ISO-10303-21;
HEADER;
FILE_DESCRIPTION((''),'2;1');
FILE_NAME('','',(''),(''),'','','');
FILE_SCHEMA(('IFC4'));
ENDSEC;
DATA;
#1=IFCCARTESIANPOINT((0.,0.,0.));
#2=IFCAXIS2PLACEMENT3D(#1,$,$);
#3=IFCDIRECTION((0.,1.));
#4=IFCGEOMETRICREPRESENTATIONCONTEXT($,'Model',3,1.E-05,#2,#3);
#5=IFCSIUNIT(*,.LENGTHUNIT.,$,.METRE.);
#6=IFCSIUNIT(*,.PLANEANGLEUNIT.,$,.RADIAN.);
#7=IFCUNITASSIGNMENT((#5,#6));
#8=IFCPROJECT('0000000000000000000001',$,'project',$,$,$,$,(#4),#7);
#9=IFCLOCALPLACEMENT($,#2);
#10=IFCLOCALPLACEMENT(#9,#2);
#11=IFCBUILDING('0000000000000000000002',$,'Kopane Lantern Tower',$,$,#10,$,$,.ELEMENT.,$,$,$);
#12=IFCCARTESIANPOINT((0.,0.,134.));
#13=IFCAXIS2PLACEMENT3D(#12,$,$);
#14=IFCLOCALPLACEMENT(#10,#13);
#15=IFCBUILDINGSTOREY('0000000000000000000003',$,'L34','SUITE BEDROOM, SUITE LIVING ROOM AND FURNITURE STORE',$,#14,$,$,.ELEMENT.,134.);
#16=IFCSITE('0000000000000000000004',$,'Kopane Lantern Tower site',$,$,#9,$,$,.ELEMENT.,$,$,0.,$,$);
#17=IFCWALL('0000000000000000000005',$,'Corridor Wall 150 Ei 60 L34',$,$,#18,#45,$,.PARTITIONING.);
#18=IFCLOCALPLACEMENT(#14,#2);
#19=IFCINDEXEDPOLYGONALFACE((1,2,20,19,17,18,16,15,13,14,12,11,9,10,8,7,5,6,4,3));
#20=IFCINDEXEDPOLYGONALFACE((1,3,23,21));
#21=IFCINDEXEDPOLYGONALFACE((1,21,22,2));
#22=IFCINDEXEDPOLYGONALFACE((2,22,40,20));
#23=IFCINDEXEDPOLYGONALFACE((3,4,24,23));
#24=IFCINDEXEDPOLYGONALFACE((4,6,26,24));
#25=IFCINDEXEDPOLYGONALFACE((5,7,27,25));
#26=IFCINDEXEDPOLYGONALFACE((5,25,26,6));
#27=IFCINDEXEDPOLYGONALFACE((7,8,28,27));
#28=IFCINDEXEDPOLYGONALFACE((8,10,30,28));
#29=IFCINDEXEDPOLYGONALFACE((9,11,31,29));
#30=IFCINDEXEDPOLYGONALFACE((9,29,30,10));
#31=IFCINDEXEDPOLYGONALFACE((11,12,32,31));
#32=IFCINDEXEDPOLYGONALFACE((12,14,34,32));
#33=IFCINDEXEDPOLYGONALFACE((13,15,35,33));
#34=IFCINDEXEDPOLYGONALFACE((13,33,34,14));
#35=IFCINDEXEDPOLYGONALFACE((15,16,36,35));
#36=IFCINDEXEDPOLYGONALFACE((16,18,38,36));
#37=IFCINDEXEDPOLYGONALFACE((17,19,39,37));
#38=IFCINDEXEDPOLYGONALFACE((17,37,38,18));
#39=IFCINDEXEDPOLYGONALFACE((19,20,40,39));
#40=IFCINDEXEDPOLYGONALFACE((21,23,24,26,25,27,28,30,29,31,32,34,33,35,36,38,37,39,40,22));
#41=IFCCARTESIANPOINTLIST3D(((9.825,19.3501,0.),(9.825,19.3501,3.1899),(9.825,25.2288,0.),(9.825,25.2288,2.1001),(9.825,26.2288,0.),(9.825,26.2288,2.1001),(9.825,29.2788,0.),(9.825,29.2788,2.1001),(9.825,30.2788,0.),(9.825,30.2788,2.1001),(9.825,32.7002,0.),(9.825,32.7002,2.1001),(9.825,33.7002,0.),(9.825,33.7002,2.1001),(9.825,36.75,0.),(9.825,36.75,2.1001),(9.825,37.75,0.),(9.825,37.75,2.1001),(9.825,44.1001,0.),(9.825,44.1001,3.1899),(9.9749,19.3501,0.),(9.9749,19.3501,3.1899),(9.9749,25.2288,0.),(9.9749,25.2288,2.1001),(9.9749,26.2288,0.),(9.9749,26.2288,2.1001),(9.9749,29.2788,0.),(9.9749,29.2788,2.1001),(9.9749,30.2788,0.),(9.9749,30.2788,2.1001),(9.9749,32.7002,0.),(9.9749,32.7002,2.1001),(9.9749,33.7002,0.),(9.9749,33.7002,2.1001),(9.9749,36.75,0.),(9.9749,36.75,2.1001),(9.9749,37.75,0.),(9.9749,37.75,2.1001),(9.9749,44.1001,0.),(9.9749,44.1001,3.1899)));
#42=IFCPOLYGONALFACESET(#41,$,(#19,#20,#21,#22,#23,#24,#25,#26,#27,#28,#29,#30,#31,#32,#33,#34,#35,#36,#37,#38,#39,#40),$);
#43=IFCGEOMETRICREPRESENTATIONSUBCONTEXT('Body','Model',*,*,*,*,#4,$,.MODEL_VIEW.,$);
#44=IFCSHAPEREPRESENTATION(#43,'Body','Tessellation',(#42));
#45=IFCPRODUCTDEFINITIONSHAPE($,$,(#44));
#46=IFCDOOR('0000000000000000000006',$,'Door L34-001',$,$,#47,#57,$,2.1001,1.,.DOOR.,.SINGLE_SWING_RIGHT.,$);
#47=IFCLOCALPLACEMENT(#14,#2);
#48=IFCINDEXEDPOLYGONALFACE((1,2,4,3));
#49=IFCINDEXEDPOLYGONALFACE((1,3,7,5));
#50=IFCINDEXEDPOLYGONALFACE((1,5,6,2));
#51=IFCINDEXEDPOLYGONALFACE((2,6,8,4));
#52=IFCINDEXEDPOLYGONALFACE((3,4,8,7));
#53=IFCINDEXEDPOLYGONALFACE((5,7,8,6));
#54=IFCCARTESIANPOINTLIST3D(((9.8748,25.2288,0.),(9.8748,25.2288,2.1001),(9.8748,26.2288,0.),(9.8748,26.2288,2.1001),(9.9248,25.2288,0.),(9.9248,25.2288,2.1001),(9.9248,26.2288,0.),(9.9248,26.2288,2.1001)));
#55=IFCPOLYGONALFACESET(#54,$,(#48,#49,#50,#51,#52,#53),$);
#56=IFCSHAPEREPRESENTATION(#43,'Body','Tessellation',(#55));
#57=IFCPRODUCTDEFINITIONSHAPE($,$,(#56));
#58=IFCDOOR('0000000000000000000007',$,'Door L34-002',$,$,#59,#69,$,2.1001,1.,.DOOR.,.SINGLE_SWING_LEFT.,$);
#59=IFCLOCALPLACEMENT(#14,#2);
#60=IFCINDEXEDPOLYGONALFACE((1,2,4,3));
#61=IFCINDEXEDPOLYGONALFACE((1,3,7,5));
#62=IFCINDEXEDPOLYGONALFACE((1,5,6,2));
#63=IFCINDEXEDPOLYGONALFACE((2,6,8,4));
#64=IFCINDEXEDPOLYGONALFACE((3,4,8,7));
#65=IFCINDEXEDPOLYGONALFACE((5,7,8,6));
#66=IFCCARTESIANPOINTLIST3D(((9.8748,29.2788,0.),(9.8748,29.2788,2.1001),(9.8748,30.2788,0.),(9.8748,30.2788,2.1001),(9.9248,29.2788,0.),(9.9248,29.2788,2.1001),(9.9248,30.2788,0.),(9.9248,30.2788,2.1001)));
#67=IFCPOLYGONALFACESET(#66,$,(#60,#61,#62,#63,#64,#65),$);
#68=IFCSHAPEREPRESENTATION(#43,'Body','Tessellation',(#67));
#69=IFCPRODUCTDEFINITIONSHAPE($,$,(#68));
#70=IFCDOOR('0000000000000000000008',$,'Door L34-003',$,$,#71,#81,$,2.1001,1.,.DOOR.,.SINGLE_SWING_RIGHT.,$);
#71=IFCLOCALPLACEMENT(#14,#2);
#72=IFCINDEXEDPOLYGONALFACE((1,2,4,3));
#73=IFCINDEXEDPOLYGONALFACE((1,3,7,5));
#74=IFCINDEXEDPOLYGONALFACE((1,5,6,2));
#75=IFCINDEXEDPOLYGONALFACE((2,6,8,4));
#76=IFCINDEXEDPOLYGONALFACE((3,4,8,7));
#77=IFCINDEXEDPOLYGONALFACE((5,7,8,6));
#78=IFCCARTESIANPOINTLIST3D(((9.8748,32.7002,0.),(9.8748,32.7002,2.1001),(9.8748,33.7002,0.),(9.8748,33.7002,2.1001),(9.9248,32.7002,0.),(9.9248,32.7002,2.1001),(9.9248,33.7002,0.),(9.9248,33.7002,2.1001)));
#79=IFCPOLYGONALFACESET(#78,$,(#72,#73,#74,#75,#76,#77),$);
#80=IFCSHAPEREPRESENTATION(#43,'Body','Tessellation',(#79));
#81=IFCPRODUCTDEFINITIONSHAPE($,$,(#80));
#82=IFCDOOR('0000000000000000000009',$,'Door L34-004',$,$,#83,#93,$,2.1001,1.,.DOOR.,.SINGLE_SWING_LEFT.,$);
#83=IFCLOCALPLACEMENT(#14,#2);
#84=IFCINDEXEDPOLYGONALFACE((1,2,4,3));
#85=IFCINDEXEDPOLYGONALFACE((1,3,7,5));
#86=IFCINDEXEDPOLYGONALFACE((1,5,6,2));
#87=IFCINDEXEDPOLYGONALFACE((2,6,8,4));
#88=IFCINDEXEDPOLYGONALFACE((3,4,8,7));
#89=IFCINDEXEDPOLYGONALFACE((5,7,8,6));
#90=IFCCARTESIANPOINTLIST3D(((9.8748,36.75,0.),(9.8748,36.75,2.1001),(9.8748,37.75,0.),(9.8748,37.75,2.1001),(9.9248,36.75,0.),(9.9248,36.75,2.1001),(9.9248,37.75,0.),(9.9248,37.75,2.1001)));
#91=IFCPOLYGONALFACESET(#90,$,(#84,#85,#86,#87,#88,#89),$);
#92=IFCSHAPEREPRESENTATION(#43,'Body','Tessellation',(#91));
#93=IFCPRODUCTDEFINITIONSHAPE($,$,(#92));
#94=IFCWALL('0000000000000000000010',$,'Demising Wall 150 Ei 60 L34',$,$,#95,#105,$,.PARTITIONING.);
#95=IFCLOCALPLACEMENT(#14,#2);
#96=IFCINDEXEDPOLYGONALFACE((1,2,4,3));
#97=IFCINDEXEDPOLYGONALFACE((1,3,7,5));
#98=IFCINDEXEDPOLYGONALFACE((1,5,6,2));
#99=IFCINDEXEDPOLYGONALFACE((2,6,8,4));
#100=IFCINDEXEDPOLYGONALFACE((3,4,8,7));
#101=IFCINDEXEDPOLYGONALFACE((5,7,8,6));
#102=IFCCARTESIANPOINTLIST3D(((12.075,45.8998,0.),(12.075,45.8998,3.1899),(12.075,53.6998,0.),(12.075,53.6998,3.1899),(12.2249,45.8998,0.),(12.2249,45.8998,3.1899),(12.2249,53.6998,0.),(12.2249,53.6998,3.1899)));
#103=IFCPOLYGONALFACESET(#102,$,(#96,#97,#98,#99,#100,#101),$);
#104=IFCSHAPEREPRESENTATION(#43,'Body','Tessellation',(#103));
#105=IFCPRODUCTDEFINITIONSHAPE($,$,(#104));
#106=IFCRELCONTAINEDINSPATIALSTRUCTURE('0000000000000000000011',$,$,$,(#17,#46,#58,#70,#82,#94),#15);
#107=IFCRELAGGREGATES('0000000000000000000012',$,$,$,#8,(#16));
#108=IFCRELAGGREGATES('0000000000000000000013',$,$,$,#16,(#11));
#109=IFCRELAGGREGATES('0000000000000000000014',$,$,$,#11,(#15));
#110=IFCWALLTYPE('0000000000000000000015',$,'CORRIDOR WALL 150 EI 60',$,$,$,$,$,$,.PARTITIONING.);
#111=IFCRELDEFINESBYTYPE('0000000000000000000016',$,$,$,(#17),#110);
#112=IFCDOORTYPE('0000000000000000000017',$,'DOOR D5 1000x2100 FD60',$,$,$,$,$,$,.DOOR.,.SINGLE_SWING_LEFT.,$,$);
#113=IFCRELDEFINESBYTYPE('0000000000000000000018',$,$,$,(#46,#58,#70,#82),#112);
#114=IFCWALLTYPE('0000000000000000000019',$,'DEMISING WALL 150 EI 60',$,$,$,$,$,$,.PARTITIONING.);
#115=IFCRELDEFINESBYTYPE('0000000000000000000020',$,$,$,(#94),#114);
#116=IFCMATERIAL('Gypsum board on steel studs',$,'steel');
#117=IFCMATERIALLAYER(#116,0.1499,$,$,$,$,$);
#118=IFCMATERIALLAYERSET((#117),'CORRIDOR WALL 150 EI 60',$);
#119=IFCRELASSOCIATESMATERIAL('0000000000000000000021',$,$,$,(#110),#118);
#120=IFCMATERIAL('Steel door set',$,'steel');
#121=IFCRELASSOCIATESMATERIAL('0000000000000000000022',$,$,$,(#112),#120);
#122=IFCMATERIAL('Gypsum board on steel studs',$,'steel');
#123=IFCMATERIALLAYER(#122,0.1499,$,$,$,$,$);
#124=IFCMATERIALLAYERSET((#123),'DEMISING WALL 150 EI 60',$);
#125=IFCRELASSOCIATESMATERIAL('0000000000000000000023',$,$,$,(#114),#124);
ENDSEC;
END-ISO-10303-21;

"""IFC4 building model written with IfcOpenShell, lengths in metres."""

from ifc_helpers import new_model, si_unit, direction, frame, frame_2d, origin, place, context, subcontext, project, spatial, rectangle, extrude, material, layer, layer_set, type_object, element, fill, save


model = new_model("IFC4")

# Units and contexts
model_context = context("Model", 3, precision=1e-05, world=origin(), true_north=direction((0.0, 1.0)))
body_context = subcontext(model_context, "Body", "Model", "MODEL_VIEW")
ifc_project = project(units=[si_unit("LENGTHUNIT", "METRE"), si_unit("PLANEANGLEUNIT", "RADIAN")], contexts=[model_context])

# Site, building, storey
site_placement = place(None, origin())
site = spatial("IfcSite", under=ifc_project, at=site_placement, Name="Kopane Lantern Tower site", CompositionType="ELEMENT", RefElevation=0.0)
building_placement = place(site_placement, origin())
building = spatial("IfcBuilding", under=site, at=building_placement, Name="Kopane Lantern Tower", CompositionType="ELEMENT")
storey_placement = place(building_placement, frame((0.0, 0.0, 134.0)))
storey = spatial("IfcBuildingStorey", under=building, at=storey_placement, Name="L34", Description="SUITE BEDROOM, SUITE LIVING ROOM AND FURNITURE STORE", CompositionType="ELEMENT", Elevation=134.0)

# Wall, openings, doors
ifc_material_1 = material(Name="Gypsum board on steel studs", Category="steel")
ifc_layer_1 = layer(ifc_material_1, 0.1499)
ifc_layer_set_1 = layer_set([ifc_layer_1], Name="CORRIDOR WALL 150 EI 60")
wall_type_1 = type_object("IfcWallType", Name="CORRIDOR WALL 150 EI 60", PredefinedType="PARTITIONING", material=ifc_layer_set_1)
wall_1_placement = place(storey_placement, frame((9.8999, 44.1001, 0.0), z_axis=(0.0, 0.0, 1.0), x_axis=(0.0, -1.0, 0.0)))
wall_1 = element("IfcWall", 1, at=wall_1_placement, inside=storey, type_object=wall_type_1, Name="Corridor Wall 150 Ei 60 L34", PredefinedType="PARTITIONING", context=body_context, shape_type="SweptSolid", body=[
    extrude(rectangle(XDim=24.75, YDim=0.1499, at=frame_2d((12.375, 0.0))), origin(), (0.0, 0.0, 1.0), 3.1899),
])
opening_1_placement = place(wall_1_placement, frame((17.8713, 0.0, 0.0)))
opening_1 = element("IfcOpeningElement", 2, at=opening_1_placement, cuts=wall_1, PredefinedType="OPENING", context=body_context, shape_type="SweptSolid", body=[
    extrude(rectangle(XDim=1.0, YDim=2.1001, at=frame_2d((0.5, 1.05))), frame((0.0, 0.085, 0.0), z_axis=(0.0, -1.0, 0.0), x_axis=(1.0, 0.0, 0.0)), (0.0, 0.0, 1.0), 0.1699),
])
opening_2_placement = place(wall_1_placement, frame((13.8213, 0.0, 0.0)))
opening_2 = element("IfcOpeningElement", 3, at=opening_2_placement, cuts=wall_1, PredefinedType="OPENING", context=body_context, shape_type="SweptSolid", body=[
    extrude(rectangle(XDim=1.0, YDim=2.1001, at=frame_2d((0.5, 1.05))), frame((0.0, 0.085, 0.0), z_axis=(0.0, -1.0, 0.0), x_axis=(1.0, 0.0, 0.0)), (0.0, 0.0, 1.0), 0.1699),
])
opening_3_placement = place(wall_1_placement, frame((10.3999, 0.0, 0.0)))
opening_3 = element("IfcOpeningElement", 4, at=opening_3_placement, cuts=wall_1, PredefinedType="OPENING", context=body_context, shape_type="SweptSolid", body=[
    extrude(rectangle(XDim=1.0, YDim=2.1001, at=frame_2d((0.5, 1.05))), frame((0.0, 0.085, 0.0), z_axis=(0.0, -1.0, 0.0), x_axis=(1.0, 0.0, 0.0)), (0.0, 0.0, 1.0), 0.1699),
])
opening_4_placement = place(wall_1_placement, frame((6.3501, 0.0, 0.0)))
opening_4 = element("IfcOpeningElement", 5, at=opening_4_placement, cuts=wall_1, PredefinedType="OPENING", context=body_context, shape_type="SweptSolid", body=[
    extrude(rectangle(XDim=1.0, YDim=2.1001, at=frame_2d((0.5, 1.05))), frame((0.0, 0.085, 0.0), z_axis=(0.0, -1.0, 0.0), x_axis=(1.0, 0.0, 0.0)), (0.0, 0.0, 1.0), 0.1699),
])
ifc_material_2 = material(Name="Steel door set", Category="steel")
door_type_1 = type_object("IfcDoorType", Name="DOOR D5 1000x2100 FD60", OperationType="SINGLE_SWING_LEFT", PredefinedType="DOOR", material=ifc_material_2)
door_1_placement = place(opening_1_placement, origin())
door_1 = element("IfcDoor", 6, at=door_1_placement, inside=storey, type_object=door_type_1, Name="Door L34-001", OperationType="SINGLE_SWING_RIGHT", OverallHeight=2.1001, OverallWidth=1.0, PredefinedType="DOOR", context=body_context, shape_type="SweptSolid", body=[
    extrude(rectangle(XDim=1.0, YDim=2.1001, at=frame_2d((0.5, 1.05))), frame((0.0, 0.0249, 0.0), z_axis=(0.0, -1.0, 0.0), x_axis=(1.0, 0.0, 0.0)), (0.0, 0.0, 1.0), 0.05),
])
fill(opening_1, door_1)
door_2_placement = place(opening_2_placement, origin())
door_2 = element("IfcDoor", 7, at=door_2_placement, inside=storey, type_object=door_type_1, Name="Door L34-002", OperationType="SINGLE_SWING_LEFT", OverallHeight=2.1001, OverallWidth=1.0, PredefinedType="DOOR", context=body_context, shape_type="SweptSolid", body=[
    extrude(rectangle(XDim=1.0, YDim=2.1001, at=frame_2d((0.5, 1.05))), frame((0.0, 0.0249, 0.0), z_axis=(0.0, -1.0, 0.0), x_axis=(1.0, 0.0, 0.0)), (0.0, 0.0, 1.0), 0.05),
])
fill(opening_2, door_2)
door_3_placement = place(opening_3_placement, origin())
door_3 = element("IfcDoor", 8, at=door_3_placement, inside=storey, type_object=door_type_1, Name="Door L34-003", OperationType="SINGLE_SWING_RIGHT", OverallHeight=2.1001, OverallWidth=1.0, PredefinedType="DOOR", context=body_context, shape_type="SweptSolid", body=[
    extrude(rectangle(XDim=1.0, YDim=2.1001, at=frame_2d((0.5, 1.05))), frame((0.0, 0.0249, 0.0), z_axis=(0.0, -1.0, 0.0), x_axis=(1.0, 0.0, 0.0)), (0.0, 0.0, 1.0), 0.05),
])
fill(opening_3, door_3)
door_4_placement = place(opening_4_placement, origin())
door_4 = element("IfcDoor", 9, at=door_4_placement, inside=storey, type_object=door_type_1, Name="Door L34-004", OperationType="SINGLE_SWING_LEFT", OverallHeight=2.1001, OverallWidth=1.0, PredefinedType="DOOR", context=body_context, shape_type="SweptSolid", body=[
    extrude(rectangle(XDim=1.0, YDim=2.1001, at=frame_2d((0.5, 1.05))), frame((0.0, 0.0249, 0.0), z_axis=(0.0, -1.0, 0.0), x_axis=(1.0, 0.0, 0.0)), (0.0, 0.0, 1.0), 0.05),
])
fill(opening_4, door_4)

# Wall
ifc_material_3 = material(Name="Gypsum board on steel studs", Category="steel")
ifc_layer_2 = layer(ifc_material_3, 0.1499)
ifc_layer_set_2 = layer_set([ifc_layer_2], Name="DEMISING WALL 150 EI 60")
wall_type_2 = type_object("IfcWallType", Name="DEMISING WALL 150 EI 60", PredefinedType="PARTITIONING", material=ifc_layer_set_2)
wall_2_placement = place(storey_placement, frame((12.1499, 45.8999, 0.0), z_axis=(0.0, 0.0, 1.0), x_axis=(0.0, 1.0, 0.0)))
element("IfcWall", 10, at=wall_2_placement, inside=storey, type_object=wall_type_2, Name="Demising Wall 150 Ei 60 L34", PredefinedType="PARTITIONING", context=body_context, shape_type="SweptSolid", body=[
    extrude(rectangle(XDim=7.8, YDim=0.1499, at=frame_2d((3.8999, 0.0))), origin(), (0.0, 0.0, 1.0), 3.1899),
])

save(model, "model.ifc")
